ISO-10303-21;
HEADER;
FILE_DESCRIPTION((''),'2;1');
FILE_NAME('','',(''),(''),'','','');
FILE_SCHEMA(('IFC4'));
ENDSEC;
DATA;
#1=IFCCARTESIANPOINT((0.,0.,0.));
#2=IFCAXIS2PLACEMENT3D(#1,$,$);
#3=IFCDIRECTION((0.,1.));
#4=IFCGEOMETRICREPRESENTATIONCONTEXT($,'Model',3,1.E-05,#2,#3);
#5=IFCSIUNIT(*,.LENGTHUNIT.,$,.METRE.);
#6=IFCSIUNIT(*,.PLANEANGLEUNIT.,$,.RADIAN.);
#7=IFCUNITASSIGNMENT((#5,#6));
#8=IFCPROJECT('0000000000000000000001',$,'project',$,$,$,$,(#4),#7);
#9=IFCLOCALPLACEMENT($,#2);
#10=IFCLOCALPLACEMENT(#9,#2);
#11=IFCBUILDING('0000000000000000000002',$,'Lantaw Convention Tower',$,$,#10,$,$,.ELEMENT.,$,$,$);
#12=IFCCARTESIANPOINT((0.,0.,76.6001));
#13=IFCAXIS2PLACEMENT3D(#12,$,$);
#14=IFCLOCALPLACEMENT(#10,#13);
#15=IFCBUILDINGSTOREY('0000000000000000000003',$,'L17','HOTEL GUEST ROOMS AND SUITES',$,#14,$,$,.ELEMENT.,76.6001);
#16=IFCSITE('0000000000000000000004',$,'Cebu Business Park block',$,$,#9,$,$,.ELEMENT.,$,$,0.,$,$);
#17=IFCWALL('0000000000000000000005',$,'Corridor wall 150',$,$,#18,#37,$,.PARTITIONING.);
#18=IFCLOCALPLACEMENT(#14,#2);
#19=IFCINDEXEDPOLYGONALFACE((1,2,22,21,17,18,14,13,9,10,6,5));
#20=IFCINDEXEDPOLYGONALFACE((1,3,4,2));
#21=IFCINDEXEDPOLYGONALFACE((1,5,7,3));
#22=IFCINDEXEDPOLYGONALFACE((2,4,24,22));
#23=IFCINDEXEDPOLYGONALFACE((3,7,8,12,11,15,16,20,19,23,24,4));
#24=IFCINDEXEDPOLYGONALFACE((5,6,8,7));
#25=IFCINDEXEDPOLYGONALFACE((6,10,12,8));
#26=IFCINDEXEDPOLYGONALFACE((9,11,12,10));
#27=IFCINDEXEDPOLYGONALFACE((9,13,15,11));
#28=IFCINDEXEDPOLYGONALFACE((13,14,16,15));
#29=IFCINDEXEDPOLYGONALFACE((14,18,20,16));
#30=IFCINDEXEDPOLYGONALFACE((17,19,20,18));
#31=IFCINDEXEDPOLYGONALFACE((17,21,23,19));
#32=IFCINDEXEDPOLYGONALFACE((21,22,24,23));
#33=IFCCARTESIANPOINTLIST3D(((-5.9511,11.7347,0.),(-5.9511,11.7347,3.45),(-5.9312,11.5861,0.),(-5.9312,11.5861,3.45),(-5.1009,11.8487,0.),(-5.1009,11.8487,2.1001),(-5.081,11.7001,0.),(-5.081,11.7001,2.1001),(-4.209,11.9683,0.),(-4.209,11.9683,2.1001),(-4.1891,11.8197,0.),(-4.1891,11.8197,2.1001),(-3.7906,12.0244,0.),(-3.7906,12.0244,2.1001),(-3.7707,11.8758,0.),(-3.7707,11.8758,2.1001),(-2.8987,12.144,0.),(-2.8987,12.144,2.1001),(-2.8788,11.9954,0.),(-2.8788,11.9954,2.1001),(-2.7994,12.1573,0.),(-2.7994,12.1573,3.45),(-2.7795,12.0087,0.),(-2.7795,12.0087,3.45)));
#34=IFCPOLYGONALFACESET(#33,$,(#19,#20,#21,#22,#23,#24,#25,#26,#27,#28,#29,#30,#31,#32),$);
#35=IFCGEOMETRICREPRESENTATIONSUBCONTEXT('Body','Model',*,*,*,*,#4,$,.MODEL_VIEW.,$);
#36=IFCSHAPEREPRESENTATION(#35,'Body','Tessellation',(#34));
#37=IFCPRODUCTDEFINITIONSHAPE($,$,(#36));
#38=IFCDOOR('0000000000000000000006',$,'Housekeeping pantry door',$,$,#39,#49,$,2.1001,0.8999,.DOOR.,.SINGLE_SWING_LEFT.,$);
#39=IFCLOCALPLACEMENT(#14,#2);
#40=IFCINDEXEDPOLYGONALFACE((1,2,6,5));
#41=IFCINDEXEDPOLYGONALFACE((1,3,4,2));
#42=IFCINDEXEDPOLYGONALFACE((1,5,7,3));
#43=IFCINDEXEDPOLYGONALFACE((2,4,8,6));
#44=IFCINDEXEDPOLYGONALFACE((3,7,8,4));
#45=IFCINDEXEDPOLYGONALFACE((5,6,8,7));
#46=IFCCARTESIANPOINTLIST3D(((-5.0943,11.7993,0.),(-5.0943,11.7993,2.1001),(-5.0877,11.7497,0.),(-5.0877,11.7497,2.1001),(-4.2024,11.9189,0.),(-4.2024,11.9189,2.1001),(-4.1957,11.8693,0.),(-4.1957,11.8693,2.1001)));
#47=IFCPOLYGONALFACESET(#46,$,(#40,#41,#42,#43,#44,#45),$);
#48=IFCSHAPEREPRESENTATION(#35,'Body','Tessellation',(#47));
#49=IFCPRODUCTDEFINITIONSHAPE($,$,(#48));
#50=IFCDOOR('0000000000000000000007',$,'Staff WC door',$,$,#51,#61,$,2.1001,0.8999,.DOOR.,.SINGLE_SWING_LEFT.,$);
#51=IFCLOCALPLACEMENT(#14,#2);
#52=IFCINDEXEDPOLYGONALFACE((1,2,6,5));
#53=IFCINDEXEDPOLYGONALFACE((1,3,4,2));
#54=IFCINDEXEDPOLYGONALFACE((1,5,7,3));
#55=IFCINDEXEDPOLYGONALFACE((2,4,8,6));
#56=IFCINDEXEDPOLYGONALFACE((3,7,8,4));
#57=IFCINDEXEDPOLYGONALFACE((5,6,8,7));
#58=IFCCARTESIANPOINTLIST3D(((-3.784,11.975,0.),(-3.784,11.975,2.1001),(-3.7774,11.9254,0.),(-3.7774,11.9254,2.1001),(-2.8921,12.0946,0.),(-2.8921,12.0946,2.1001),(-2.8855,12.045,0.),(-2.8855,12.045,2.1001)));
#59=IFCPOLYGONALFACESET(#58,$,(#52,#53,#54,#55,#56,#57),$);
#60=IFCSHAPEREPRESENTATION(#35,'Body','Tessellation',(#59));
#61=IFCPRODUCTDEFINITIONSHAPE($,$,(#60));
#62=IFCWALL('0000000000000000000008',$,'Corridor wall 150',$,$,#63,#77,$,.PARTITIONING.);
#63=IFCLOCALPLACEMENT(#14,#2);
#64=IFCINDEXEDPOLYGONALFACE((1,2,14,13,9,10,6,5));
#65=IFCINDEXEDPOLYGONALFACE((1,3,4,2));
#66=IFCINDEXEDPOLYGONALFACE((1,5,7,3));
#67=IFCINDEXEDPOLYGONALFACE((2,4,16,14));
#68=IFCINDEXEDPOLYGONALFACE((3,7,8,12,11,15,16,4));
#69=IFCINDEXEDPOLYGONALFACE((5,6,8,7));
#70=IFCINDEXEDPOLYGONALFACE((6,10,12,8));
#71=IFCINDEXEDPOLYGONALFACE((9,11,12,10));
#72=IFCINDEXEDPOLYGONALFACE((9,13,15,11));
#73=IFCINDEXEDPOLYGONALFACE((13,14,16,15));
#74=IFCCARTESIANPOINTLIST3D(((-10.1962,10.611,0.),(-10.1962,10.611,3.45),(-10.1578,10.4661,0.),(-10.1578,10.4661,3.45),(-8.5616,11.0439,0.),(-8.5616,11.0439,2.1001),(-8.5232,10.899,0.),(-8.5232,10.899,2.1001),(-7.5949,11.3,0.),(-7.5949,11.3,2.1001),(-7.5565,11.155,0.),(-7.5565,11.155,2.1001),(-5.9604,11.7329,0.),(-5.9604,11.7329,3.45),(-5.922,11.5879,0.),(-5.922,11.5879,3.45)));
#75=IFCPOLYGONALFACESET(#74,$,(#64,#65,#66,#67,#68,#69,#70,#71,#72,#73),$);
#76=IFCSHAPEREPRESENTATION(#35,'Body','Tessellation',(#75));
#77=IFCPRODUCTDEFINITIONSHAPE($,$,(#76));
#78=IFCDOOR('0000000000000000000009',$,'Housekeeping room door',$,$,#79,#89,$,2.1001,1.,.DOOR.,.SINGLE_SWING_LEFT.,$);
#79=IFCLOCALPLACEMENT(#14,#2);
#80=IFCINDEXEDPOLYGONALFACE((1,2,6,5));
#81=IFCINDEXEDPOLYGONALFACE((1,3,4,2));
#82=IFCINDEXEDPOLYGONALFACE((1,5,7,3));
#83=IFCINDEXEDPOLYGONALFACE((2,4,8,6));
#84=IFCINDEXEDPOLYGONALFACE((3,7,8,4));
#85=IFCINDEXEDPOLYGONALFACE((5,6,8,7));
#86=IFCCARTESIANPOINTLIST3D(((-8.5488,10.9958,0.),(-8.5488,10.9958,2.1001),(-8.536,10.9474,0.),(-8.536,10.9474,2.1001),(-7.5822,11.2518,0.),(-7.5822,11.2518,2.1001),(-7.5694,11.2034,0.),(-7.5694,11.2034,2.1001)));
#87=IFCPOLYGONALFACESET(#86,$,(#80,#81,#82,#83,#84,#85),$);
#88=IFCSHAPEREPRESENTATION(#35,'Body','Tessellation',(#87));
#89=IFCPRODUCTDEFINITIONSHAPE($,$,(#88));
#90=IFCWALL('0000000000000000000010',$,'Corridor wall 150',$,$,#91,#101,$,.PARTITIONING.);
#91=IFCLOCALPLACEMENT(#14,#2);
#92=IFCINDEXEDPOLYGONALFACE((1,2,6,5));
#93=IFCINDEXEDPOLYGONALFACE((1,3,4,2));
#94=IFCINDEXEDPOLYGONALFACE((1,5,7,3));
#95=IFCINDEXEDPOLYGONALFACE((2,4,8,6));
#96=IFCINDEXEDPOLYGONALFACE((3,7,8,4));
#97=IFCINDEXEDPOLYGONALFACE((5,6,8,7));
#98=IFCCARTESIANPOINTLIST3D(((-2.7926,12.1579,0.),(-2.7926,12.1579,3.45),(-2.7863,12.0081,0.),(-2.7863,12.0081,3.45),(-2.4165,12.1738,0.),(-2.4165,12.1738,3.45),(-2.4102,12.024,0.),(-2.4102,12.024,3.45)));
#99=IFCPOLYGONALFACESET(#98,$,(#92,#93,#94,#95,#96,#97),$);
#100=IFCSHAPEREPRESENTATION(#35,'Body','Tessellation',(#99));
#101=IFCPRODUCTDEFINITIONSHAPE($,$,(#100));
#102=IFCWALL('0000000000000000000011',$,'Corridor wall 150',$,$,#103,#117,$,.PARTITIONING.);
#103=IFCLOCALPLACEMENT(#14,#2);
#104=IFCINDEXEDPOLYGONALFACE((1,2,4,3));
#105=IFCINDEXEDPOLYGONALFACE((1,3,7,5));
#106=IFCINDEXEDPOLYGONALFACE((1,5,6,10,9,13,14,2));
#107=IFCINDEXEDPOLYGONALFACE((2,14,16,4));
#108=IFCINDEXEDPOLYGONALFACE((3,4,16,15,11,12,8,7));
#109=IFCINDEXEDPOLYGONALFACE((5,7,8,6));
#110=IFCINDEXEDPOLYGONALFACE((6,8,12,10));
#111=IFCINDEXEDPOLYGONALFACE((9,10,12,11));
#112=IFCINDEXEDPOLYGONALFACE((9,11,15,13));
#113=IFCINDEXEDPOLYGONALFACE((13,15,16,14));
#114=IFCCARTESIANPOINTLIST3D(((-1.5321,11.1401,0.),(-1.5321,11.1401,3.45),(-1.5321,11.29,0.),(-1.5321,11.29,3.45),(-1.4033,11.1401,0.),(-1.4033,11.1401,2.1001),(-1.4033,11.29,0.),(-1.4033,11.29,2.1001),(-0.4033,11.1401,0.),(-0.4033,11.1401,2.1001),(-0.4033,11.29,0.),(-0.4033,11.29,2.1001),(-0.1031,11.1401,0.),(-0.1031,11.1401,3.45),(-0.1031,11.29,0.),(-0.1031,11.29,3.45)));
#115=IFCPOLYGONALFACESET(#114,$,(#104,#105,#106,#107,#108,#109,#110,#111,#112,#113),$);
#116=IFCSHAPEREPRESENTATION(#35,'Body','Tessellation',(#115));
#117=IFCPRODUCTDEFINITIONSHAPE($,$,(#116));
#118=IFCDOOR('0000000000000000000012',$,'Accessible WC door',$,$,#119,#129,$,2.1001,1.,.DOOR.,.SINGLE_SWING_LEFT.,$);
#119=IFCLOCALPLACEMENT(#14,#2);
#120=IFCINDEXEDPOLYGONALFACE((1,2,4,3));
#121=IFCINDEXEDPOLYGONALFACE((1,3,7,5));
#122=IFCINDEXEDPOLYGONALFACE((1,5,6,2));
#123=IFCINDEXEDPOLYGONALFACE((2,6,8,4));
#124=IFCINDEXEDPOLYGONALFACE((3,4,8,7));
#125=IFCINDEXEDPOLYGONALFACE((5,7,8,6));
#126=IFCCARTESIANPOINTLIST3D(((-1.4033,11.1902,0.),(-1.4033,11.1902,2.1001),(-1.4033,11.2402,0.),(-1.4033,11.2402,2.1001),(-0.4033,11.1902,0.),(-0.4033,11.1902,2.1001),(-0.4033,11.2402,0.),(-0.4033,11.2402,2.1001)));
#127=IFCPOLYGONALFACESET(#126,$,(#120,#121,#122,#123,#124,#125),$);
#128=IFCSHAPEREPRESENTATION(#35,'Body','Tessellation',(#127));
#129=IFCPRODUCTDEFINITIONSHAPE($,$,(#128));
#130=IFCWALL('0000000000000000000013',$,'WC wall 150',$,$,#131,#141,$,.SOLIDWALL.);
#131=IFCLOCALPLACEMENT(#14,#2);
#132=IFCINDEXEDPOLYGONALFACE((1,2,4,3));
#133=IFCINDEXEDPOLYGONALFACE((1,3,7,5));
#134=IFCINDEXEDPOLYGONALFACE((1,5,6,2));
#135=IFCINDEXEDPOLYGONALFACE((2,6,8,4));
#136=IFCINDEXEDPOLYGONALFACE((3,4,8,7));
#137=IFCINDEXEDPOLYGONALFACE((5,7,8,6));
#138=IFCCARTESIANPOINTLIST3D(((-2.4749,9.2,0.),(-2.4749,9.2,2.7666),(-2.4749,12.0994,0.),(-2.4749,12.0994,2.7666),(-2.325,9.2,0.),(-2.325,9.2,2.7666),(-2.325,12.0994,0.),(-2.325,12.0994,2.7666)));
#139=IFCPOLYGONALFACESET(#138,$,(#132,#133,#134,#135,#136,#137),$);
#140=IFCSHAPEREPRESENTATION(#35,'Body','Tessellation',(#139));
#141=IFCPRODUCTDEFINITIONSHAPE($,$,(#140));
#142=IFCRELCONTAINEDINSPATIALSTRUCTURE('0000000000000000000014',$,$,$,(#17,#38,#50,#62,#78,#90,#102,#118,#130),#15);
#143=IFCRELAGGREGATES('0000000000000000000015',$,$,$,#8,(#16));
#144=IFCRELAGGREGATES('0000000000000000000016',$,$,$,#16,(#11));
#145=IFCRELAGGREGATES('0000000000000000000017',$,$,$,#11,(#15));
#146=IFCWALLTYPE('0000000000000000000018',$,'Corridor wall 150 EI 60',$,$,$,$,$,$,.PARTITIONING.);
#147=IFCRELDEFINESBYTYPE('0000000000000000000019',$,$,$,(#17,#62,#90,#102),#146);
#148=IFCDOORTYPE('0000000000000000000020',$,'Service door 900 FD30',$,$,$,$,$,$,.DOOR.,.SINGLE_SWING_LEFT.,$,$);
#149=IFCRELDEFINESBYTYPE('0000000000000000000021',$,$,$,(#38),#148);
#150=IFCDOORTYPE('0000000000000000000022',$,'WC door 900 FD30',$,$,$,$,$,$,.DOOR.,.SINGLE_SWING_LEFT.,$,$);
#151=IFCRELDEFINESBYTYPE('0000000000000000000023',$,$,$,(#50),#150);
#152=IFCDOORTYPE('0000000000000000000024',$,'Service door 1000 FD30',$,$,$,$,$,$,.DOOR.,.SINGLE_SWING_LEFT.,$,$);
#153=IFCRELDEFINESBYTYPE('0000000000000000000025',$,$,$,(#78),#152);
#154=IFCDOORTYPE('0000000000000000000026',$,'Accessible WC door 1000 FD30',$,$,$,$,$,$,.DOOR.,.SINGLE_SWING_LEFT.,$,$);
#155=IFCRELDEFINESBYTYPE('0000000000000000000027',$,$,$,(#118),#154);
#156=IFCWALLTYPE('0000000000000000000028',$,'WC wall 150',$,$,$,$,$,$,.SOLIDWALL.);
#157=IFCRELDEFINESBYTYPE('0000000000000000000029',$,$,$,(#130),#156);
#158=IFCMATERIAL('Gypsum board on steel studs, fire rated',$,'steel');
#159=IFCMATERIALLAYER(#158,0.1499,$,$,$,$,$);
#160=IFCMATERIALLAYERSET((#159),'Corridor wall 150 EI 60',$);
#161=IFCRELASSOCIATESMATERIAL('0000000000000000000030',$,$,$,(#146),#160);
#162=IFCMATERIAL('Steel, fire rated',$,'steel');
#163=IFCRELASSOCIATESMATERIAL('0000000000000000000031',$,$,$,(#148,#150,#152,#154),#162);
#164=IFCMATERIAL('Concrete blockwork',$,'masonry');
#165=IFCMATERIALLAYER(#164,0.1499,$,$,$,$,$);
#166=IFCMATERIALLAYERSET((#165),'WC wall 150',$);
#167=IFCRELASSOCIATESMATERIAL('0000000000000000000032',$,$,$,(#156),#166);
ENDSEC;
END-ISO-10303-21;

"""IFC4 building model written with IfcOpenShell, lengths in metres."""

from ifc_helpers import new_model, si_unit, direction, frame, frame_2d, origin, place, context, subcontext, project, spatial, rectangle, extrude, material, layer, layer_set, type_object, element, fill, save


model = new_model("IFC4")

# Units and contexts
model_context = context("Model", 3, precision=1e-05, world=origin(), true_north=direction((0.0, 1.0)))
body_context = subcontext(model_context, "Body", "Model", "MODEL_VIEW")
ifc_project = project(units=[si_unit("LENGTHUNIT", "METRE"), si_unit("PLANEANGLEUNIT", "RADIAN")], contexts=[model_context])

# Site, building, storey
site_placement = place(None, origin())
site = spatial("IfcSite", under=ifc_project, at=site_placement, Name="Cebu Business Park block", CompositionType="ELEMENT", RefElevation=0.0)
building_placement = place(site_placement, origin())
building = spatial("IfcBuilding", under=site, at=building_placement, Name="Lantaw Convention Tower", CompositionType="ELEMENT")
storey_placement = place(building_placement, frame((0.0, 0.0, 76.6001)))
storey = spatial("IfcBuildingStorey", under=building, at=storey_placement, Name="L17", Description="HOTEL GUEST ROOMS AND SUITES", CompositionType="ELEMENT", Elevation=76.6001)

# Shared definitions
ifc_material_1 = material(Name="Gypsum board on steel studs, fire rated", Category="steel")
ifc_layer_1 = layer(ifc_material_1, 0.1499)
ifc_layer_set_1 = layer_set([ifc_layer_1], Name="Corridor wall 150 EI 60")
wall_type_1 = type_object("IfcWallType", Name="Corridor wall 150 EI 60", PredefinedType="PARTITIONING", material=ifc_layer_set_1)
ifc_material_2 = material(Name="Steel, fire rated", Category="steel")

# Wall, openings, doors
wall_1_placement = place(storey_placement, frame((-2.7896, 12.083, 0.0), z_axis=(0.0, 0.0, 1.0), x_axis=(-0.991129, -0.132903, 0.0)))
wall_1 = element("IfcWall", 1, at=wall_1_placement, inside=storey, type_object=wall_type_1, Name="Corridor wall 150", PredefinedType="PARTITIONING", context=body_context, shape_type="SweptSolid", body=[
    extrude(rectangle(XDim=3.1799, YDim=0.1499, at=frame_2d((1.5898, 0.0))), origin(), (0.0, 0.0, 1.0), 3.45),
])
opening_1_placement = place(wall_1_placement, frame((0.1001, 0.0, 0.0)))
opening_1 = element("IfcOpeningElement", 2, at=opening_1_placement, cuts=wall_1, PredefinedType="OPENING", context=body_context, shape_type="SweptSolid", body=[
    extrude(rectangle(XDim=0.8999, YDim=2.1001, at=frame_2d((0.45, 1.05))), frame((0.0, 0.085, 0.0), z_axis=(0.0, -1.0, 0.0), x_axis=(1.0, 0.0, 0.0)), (0.0, 0.0, 1.0), 0.1699),
])
opening_2_placement = place(wall_1_placement, frame((1.4221, 0.0, 0.0)))
opening_2 = element("IfcOpeningElement", 3, at=opening_2_placement, cuts=wall_1, PredefinedType="OPENING", context=body_context, shape_type="SweptSolid", body=[
    extrude(rectangle(XDim=0.8999, YDim=2.1001, at=frame_2d((0.45, 1.05))), frame((0.0, 0.085, 0.0), z_axis=(0.0, -1.0, 0.0), x_axis=(1.0, 0.0, 0.0)), (0.0, 0.0, 1.0), 0.1699),
])
door_type_1 = type_object("IfcDoorType", Name="Service door 900 FD30", OperationType="SINGLE_SWING_LEFT", PredefinedType="DOOR", material=ifc_material_2)
door_1_placement = place(opening_2_placement, origin())
door_1 = element("IfcDoor", 4, at=door_1_placement, inside=storey, type_object=door_type_1, Name="Housekeeping pantry door", OperationType="SINGLE_SWING_LEFT", OverallHeight=2.1001, OverallWidth=0.8999, PredefinedType="DOOR", context=body_context, shape_type="SweptSolid", body=[
    extrude(rectangle(XDim=0.8999, YDim=2.1001, at=frame_2d((0.45, 1.05))), frame((0.0, 0.0249, 0.0), z_axis=(0.0, -1.0, 0.0), x_axis=(1.0, 0.0, 0.0)), (0.0, 0.0, 1.0), 0.05),
])
fill(opening_2, door_1)
door_type_2 = type_object("IfcDoorType", Name="WC door 900 FD30", OperationType="SINGLE_SWING_LEFT", PredefinedType="DOOR", material=ifc_material_2)
door_2_placement = place(opening_1_placement, origin())
door_2 = element("IfcDoor", 5, at=door_2_placement, inside=storey, type_object=door_type_2, Name="Staff WC door", OperationType="SINGLE_SWING_LEFT", OverallHeight=2.1001, OverallWidth=0.8999, PredefinedType="DOOR", context=body_context, shape_type="SweptSolid", body=[
    extrude(rectangle(XDim=0.8999, YDim=2.1001, at=frame_2d((0.45, 1.05))), frame((0.0, 0.0249, 0.0), z_axis=(0.0, -1.0, 0.0), x_axis=(1.0, 0.0, 0.0)), (0.0, 0.0, 1.0), 0.05),
])
fill(opening_1, door_2)

# Wall, opening, door
wall_2_placement = place(storey_placement, frame((-5.9412, 11.6604, 0.0), z_axis=(0.0, 0.0, 1.0), x_axis=(-0.966673, -0.256015, 0.0)))
wall_2 = element("IfcWall", 6, at=wall_2_placement, inside=storey, type_object=wall_type_1, Name="Corridor wall 150", PredefinedType="PARTITIONING", context=body_context, shape_type="SweptSolid", body=[
    extrude(rectangle(XDim=4.3818, YDim=0.1499, at=frame_2d((2.1909, 0.0))), origin(), (0.0, 0.0, 1.0), 3.45),
])
opening_3_placement = place(wall_2_placement, frame((1.6909, 0.0, 0.0)))
opening_3 = element("IfcOpeningElement", 7, at=opening_3_placement, cuts=wall_2, PredefinedType="OPENING", context=body_context, shape_type="SweptSolid", body=[
    extrude(rectangle(XDim=1.0, YDim=2.1001, at=frame_2d((0.5, 1.05))), frame((0.0, 0.085, 0.0), z_axis=(0.0, -1.0, 0.0), x_axis=(1.0, 0.0, 0.0)), (0.0, 0.0, 1.0), 0.1699),
])
door_type_3 = type_object("IfcDoorType", Name="Service door 1000 FD30", OperationType="SINGLE_SWING_LEFT", PredefinedType="DOOR", material=ifc_material_2)
door_3_placement = place(opening_3_placement, origin())
door_3 = element("IfcDoor", 8, at=door_3_placement, inside=storey, type_object=door_type_3, Name="Housekeeping room door", OperationType="SINGLE_SWING_LEFT", OverallHeight=2.1001, OverallWidth=1.0, PredefinedType="DOOR", context=body_context, shape_type="SweptSolid", body=[
    extrude(rectangle(XDim=1.0, YDim=2.1001, at=frame_2d((0.5, 1.05))), frame((0.0, 0.0249, 0.0), z_axis=(0.0, -1.0, 0.0), x_axis=(1.0, 0.0, 0.0)), (0.0, 0.0, 1.0), 0.05),
])
fill(opening_3, door_3)

# Wall
wall_3_placement = place(storey_placement, frame((-2.4133, 12.0989, 0.0), z_axis=(0.0, 0.0, 1.0), x_axis=(-0.999112, -0.042143, 0.0)))
element("IfcWall", 9, at=wall_3_placement, inside=storey, type_object=wall_type_1, Name="Corridor wall 150", PredefinedType="PARTITIONING", context=body_context, shape_type="SweptSolid", body=[
    extrude(rectangle(XDim=0.3765, YDim=0.1499, at=frame_2d((0.1882, 0.0))), origin(), (0.0, 0.0, 1.0), 3.45),
])

# Wall, opening, door
wall_4_placement = place(storey_placement, frame((-0.1033, 11.2151, 0.0), z_axis=(0.0, 0.0, 1.0), x_axis=(-1.0, 0.0, 0.0)))
wall_4 = element("IfcWall", 10, at=wall_4_placement, inside=storey, type_object=wall_type_1, Name="Corridor wall 150", PredefinedType="PARTITIONING", context=body_context, shape_type="SweptSolid", body=[
    extrude(rectangle(XDim=1.429, YDim=0.1499, at=frame_2d((0.7144, 0.0))), origin(), (0.0, 0.0, 1.0), 3.45),
])
opening_4_placement = place(wall_4_placement, frame((0.3, 0.0, 0.0)))
opening_4 = element("IfcOpeningElement", 11, at=opening_4_placement, cuts=wall_4, PredefinedType="OPENING", context=body_context, shape_type="SweptSolid", body=[
    extrude(rectangle(XDim=1.0, YDim=2.1001, at=frame_2d((0.5, 1.05))), frame((0.0, 0.085, 0.0), z_axis=(0.0, -1.0, 0.0), x_axis=(1.0, 0.0, 0.0)), (0.0, 0.0, 1.0), 0.1699),
])
door_type_4 = type_object("IfcDoorType", Name="Accessible WC door 1000 FD30", OperationType="SINGLE_SWING_LEFT", PredefinedType="DOOR", material=ifc_material_2)
door_4_placement = place(opening_4_placement, origin())
door_4 = element("IfcDoor", 12, at=door_4_placement, inside=storey, type_object=door_type_4, Name="Accessible WC door", OperationType="SINGLE_SWING_LEFT", OverallHeight=2.1001, OverallWidth=1.0, PredefinedType="DOOR", context=body_context, shape_type="SweptSolid", body=[
    extrude(rectangle(XDim=1.0, YDim=2.1001, at=frame_2d((0.5, 1.05))), frame((0.0, 0.0249, 0.0), z_axis=(0.0, -1.0, 0.0), x_axis=(1.0, 0.0, 0.0)), (0.0, 0.0, 1.0), 0.05),
])
fill(opening_4, door_4)

# Wall
ifc_material_3 = material(Name="Concrete blockwork", Category="masonry")
ifc_layer_2 = layer(ifc_material_3, 0.1499)
ifc_layer_set_2 = layer_set([ifc_layer_2], Name="WC wall 150")
wall_type_2 = type_object("IfcWallType", Name="WC wall 150", PredefinedType="SOLIDWALL", material=ifc_layer_set_2)
wall_5_placement = place(storey_placement, frame((-2.3999, 9.2, 0.0), z_axis=(0.0, 0.0, 1.0), x_axis=(0.0, 1.0, 0.0)))
element("IfcWall", 13, at=wall_5_placement, inside=storey, type_object=wall_type_2, Name="WC wall 150", PredefinedType="SOLIDWALL", context=body_context, shape_type="SweptSolid", body=[
    extrude(rectangle(XDim=2.8994, YDim=0.1499, at=frame_2d((1.4497, 0.0))), origin(), (0.0, 0.0, 1.0), 2.7666),
])

save(model, "model.ifc")
